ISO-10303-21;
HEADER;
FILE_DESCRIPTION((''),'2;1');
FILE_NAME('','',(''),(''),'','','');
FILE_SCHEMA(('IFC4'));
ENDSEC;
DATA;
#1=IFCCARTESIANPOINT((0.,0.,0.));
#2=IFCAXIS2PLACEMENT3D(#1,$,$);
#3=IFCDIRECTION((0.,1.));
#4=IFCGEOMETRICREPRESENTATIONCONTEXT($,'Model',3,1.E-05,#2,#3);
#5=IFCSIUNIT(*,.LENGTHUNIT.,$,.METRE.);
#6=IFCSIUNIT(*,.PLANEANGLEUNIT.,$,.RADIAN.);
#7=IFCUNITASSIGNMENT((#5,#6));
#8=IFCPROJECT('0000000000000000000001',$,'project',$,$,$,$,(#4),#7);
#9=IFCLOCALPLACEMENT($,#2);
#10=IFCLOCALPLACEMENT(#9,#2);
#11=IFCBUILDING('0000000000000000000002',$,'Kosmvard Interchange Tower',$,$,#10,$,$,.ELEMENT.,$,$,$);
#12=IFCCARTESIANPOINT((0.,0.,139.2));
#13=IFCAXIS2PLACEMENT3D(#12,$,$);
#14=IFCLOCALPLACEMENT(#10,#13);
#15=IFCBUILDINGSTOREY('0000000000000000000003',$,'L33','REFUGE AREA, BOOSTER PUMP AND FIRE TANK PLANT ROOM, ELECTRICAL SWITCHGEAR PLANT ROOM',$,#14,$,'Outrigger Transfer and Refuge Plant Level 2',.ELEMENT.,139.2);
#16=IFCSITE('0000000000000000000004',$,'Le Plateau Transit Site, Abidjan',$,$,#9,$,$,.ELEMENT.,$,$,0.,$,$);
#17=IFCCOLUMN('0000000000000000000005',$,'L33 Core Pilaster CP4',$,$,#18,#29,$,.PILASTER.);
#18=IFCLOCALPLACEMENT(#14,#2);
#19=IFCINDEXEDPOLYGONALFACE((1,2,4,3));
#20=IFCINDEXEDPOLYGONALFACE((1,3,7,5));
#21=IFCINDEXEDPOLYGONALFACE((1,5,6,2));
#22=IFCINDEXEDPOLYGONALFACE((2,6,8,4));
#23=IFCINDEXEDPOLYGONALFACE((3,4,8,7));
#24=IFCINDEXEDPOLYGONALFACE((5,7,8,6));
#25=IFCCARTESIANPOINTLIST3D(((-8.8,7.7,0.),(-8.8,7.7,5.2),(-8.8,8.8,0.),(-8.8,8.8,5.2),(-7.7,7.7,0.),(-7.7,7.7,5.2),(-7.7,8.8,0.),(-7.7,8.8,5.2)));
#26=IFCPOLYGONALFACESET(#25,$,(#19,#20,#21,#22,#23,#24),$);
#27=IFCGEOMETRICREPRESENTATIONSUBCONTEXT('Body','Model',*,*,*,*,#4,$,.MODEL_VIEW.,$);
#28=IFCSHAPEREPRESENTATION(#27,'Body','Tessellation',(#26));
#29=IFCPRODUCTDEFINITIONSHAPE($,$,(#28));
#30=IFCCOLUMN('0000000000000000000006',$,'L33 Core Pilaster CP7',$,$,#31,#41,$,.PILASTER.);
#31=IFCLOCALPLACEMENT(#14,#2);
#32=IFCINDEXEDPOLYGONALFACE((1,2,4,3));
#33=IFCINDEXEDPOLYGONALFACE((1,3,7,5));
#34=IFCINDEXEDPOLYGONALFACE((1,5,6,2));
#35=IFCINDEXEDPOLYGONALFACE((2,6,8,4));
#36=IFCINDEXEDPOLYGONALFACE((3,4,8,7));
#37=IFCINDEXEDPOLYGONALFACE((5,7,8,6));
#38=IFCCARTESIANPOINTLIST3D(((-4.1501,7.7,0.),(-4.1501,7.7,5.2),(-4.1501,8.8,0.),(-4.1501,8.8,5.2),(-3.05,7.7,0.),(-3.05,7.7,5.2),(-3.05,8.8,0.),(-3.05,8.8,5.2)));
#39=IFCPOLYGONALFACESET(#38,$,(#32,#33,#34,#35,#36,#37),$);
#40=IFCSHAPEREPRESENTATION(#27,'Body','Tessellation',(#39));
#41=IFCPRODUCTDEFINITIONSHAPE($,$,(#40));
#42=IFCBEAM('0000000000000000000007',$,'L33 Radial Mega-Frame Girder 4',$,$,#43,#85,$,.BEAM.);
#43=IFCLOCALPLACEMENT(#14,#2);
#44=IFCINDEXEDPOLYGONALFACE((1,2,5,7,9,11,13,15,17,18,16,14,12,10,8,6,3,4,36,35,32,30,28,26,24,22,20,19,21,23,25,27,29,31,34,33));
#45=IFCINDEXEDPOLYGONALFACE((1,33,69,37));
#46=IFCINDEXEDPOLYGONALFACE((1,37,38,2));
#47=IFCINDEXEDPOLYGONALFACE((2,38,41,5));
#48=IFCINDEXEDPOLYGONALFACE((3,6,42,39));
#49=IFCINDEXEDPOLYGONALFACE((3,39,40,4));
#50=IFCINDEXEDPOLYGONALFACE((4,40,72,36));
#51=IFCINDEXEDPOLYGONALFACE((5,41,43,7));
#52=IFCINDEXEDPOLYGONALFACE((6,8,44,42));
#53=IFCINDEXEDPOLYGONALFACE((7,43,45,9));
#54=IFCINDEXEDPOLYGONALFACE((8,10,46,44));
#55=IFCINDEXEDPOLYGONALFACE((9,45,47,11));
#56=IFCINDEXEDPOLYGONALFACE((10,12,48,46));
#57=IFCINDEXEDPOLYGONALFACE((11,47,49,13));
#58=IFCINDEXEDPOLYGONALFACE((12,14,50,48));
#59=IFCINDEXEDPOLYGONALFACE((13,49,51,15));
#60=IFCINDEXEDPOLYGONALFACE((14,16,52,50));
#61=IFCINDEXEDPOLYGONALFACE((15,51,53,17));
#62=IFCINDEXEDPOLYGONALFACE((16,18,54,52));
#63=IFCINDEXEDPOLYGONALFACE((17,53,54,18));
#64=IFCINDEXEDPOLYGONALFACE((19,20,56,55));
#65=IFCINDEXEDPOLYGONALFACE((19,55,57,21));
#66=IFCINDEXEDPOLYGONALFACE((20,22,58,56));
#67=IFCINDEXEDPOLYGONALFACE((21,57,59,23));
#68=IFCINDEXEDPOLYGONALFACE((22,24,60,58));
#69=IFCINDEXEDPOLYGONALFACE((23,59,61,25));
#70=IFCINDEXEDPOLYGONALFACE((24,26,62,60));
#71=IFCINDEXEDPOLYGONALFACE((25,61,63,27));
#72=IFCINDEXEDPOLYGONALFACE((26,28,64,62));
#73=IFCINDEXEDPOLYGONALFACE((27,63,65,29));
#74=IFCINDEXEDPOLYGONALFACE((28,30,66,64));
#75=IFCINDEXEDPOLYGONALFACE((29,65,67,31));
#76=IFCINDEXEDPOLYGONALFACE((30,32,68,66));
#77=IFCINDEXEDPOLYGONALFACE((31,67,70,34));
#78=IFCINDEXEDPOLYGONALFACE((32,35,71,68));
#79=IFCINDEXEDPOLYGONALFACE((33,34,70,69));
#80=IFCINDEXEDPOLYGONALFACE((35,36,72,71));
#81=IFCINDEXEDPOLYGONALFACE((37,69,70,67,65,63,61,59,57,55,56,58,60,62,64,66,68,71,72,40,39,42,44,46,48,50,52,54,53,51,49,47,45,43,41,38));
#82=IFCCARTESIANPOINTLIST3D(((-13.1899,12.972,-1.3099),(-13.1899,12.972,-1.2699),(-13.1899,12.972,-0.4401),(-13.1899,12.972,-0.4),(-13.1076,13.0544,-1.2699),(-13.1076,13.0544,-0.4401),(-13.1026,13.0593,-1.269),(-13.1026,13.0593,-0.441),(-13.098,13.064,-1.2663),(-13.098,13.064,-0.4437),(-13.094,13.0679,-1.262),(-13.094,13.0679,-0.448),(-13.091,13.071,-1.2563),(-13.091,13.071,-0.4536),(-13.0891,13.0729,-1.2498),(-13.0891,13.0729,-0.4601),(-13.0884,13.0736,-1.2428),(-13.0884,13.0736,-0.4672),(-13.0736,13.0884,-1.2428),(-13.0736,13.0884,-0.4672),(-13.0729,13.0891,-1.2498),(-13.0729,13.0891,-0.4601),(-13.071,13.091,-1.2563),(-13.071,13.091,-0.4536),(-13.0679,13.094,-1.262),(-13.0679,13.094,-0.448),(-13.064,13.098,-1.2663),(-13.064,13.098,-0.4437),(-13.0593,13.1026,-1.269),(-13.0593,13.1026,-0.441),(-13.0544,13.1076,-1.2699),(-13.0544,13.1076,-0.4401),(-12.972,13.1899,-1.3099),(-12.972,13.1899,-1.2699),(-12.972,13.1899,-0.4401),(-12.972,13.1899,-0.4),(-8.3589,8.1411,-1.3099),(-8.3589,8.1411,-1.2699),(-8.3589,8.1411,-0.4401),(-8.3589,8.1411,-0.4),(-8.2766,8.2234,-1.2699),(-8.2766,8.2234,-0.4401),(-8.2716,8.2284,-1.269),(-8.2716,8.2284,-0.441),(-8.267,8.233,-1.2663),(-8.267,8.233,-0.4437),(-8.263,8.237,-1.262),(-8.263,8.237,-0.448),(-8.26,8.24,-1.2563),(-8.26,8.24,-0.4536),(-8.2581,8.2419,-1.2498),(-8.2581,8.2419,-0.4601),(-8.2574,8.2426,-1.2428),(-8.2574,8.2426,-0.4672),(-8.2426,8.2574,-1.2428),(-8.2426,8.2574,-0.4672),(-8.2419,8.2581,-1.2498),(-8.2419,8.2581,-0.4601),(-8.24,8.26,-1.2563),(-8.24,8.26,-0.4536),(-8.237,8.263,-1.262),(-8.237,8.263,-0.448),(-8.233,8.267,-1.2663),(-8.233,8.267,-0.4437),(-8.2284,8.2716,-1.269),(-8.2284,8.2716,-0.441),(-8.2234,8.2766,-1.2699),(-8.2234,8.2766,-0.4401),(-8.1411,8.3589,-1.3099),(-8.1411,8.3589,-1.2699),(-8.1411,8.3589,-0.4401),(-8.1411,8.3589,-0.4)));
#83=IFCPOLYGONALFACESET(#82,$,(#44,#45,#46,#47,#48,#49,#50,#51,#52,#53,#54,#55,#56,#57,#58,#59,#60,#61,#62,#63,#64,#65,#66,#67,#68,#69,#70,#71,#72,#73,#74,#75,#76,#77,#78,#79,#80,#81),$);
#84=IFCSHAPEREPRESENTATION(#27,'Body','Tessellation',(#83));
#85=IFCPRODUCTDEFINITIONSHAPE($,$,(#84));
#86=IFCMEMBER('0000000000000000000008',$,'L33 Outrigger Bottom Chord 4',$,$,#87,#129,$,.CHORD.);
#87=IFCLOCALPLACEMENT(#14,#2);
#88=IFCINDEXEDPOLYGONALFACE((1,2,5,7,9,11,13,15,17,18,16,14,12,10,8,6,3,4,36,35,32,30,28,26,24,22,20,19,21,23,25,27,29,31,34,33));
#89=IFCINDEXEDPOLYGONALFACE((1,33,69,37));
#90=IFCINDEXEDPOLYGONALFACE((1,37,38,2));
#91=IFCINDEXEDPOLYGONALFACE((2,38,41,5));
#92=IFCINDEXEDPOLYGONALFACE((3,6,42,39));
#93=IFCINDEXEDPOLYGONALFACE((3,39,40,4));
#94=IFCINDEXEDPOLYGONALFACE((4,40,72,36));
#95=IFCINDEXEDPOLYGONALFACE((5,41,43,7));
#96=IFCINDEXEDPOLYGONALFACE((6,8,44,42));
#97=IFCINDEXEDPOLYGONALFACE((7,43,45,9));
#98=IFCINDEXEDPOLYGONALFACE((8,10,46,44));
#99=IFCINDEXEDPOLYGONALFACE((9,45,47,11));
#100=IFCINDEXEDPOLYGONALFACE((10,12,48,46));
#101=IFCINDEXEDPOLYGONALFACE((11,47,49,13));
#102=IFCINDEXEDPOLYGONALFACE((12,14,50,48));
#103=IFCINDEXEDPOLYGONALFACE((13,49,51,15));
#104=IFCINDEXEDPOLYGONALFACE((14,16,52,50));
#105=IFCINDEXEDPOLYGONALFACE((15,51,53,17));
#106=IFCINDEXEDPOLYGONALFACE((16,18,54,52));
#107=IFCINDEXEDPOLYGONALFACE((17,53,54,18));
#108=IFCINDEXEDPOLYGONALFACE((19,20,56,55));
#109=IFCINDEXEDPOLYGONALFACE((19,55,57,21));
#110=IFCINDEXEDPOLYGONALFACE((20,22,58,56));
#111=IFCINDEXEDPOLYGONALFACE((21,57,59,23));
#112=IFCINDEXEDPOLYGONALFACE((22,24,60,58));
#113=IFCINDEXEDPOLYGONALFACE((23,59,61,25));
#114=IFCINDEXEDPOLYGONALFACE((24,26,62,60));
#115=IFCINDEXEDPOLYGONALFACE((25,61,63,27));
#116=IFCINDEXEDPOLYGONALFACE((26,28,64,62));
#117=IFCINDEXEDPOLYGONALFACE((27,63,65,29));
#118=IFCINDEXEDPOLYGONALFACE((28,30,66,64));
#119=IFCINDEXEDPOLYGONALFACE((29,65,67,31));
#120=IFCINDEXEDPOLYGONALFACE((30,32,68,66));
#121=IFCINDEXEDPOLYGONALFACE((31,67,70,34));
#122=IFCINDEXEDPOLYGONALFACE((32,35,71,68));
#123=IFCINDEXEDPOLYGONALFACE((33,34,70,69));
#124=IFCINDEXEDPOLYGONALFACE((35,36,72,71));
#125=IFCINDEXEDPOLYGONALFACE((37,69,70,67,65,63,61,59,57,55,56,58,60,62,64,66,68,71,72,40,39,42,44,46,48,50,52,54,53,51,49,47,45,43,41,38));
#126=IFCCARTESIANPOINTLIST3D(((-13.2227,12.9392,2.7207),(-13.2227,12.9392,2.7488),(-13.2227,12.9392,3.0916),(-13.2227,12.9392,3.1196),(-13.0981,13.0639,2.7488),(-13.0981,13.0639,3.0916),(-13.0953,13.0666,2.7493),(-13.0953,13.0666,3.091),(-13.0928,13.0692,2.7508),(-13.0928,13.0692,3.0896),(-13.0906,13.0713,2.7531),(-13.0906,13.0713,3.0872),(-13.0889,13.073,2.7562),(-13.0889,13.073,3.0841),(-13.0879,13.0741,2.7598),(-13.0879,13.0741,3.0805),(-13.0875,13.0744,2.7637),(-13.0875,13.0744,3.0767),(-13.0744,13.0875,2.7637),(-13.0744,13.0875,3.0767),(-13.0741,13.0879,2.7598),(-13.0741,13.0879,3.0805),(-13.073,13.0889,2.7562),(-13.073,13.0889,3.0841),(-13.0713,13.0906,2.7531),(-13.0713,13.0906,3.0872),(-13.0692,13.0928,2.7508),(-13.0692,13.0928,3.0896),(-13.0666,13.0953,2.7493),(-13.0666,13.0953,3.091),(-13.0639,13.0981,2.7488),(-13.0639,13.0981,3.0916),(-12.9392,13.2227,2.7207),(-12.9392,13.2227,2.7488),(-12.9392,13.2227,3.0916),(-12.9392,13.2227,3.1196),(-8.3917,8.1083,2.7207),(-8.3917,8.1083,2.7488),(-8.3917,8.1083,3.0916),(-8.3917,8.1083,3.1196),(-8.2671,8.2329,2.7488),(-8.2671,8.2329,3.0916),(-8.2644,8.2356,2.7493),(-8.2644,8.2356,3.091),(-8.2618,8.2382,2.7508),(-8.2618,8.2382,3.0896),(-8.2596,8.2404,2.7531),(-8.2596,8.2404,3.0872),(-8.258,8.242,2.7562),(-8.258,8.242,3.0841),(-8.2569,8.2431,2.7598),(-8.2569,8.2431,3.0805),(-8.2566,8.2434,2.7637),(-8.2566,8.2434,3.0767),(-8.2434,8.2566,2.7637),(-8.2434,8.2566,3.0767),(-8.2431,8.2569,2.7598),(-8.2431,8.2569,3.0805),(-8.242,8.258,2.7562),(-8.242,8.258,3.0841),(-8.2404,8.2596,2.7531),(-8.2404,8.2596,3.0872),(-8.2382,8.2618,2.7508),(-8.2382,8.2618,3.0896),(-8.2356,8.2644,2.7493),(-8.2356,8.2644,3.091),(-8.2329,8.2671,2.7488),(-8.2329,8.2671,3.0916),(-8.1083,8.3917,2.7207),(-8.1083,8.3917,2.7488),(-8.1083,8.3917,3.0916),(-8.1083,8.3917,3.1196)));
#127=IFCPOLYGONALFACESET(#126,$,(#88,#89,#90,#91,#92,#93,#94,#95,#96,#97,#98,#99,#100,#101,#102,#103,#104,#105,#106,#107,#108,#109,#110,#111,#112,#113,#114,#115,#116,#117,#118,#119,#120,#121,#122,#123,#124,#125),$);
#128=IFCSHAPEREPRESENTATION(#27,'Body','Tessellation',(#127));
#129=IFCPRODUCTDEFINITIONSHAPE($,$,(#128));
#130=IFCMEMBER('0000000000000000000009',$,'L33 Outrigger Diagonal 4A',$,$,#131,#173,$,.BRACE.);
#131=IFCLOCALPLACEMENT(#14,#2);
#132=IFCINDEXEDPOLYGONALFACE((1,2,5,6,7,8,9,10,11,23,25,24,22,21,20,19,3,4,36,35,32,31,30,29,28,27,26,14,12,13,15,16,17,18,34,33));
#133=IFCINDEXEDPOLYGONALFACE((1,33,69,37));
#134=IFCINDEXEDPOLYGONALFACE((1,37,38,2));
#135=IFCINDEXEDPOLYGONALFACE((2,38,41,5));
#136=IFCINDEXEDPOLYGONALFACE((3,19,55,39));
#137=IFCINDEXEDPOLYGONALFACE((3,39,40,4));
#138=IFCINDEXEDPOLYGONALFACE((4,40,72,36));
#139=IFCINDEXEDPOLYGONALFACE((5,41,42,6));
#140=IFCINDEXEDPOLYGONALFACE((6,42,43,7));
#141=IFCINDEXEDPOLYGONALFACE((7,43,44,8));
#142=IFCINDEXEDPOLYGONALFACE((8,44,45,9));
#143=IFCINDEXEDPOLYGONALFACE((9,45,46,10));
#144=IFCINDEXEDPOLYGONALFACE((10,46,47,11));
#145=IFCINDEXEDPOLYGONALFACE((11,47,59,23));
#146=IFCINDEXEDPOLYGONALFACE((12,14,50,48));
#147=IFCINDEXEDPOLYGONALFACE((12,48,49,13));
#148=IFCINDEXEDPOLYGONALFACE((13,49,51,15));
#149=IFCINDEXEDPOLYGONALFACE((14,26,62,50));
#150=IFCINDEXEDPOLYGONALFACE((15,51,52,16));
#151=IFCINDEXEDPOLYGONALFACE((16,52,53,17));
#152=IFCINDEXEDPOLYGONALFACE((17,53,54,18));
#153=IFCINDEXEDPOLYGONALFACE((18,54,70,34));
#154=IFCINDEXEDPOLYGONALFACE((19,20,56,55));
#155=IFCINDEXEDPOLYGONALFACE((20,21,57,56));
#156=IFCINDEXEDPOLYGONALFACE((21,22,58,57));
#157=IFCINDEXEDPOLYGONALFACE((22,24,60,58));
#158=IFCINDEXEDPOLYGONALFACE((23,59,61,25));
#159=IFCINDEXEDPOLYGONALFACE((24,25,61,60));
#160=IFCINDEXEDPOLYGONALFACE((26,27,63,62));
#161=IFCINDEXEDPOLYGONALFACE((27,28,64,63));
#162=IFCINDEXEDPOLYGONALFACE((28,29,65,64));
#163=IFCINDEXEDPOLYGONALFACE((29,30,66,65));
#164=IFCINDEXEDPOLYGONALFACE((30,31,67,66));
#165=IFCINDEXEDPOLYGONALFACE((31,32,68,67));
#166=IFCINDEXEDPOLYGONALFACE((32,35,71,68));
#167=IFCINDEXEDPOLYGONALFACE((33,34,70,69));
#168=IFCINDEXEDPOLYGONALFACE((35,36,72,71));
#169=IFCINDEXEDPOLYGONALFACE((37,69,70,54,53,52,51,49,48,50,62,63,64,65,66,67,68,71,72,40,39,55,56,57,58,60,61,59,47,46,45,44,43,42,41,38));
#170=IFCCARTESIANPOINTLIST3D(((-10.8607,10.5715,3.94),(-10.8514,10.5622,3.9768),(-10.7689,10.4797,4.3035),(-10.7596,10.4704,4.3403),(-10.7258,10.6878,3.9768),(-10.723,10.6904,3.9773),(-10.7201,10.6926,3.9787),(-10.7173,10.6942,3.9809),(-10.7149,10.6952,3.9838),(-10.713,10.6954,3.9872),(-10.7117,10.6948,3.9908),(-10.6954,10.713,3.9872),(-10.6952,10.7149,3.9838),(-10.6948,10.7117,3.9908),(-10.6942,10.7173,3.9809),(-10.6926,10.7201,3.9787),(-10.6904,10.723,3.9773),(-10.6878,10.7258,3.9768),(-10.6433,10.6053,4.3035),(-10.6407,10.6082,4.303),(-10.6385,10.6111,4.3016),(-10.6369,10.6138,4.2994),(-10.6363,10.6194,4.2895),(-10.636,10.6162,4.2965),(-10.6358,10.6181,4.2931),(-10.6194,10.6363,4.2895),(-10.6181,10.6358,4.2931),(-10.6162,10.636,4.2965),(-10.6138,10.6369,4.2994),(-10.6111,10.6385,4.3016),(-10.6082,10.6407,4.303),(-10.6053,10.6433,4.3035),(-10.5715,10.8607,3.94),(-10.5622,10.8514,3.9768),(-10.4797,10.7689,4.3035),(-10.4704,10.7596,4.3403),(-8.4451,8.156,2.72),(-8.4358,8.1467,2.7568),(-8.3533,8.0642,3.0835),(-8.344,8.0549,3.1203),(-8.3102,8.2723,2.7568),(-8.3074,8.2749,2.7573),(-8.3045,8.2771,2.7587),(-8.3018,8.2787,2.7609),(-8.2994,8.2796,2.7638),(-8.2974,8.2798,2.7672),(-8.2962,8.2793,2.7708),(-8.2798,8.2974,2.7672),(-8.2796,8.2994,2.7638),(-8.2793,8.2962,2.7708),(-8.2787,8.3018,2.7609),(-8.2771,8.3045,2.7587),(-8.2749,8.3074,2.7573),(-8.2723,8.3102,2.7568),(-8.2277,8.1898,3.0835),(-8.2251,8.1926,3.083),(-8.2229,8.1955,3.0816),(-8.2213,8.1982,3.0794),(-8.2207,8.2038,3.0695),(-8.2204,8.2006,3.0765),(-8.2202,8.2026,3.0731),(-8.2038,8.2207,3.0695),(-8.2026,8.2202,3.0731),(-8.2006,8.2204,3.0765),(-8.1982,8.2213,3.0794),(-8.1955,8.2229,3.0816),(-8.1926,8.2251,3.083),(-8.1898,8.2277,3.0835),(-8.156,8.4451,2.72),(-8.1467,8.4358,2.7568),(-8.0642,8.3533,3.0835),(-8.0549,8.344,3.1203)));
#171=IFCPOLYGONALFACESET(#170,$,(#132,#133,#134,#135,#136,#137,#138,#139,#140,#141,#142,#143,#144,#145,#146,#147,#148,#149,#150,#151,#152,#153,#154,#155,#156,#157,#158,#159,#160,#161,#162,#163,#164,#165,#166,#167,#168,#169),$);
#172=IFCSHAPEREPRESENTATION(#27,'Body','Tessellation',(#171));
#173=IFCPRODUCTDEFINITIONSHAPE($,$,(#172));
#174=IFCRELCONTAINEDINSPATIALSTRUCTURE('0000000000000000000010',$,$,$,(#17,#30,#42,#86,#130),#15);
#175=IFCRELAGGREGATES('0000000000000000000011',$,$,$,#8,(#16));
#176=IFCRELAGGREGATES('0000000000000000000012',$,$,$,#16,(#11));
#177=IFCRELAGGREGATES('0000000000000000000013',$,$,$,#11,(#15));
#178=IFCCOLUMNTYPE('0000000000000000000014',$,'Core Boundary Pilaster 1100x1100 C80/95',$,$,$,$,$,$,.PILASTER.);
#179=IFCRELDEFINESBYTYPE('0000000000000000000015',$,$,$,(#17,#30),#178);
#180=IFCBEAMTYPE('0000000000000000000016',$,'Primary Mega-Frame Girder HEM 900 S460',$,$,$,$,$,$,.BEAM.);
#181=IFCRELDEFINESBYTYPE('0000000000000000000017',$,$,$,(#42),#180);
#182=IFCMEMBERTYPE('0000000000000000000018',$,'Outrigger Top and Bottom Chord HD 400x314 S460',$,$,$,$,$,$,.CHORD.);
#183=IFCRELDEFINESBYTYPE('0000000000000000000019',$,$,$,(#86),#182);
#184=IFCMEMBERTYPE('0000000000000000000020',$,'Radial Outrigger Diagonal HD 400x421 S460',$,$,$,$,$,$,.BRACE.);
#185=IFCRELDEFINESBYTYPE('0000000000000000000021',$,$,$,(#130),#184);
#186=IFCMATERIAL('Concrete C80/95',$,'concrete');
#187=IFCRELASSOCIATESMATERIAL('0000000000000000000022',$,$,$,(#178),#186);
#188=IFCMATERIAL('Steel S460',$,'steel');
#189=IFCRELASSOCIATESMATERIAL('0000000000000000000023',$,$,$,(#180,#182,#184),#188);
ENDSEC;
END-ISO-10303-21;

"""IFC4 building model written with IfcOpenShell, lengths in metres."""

from ifc_helpers import new_model, si_unit, direction, frame, origin, origin_2d, place, context, subcontext, project, spatial, rectangle, i_section, extrude, source, transform, mapped, material, material_profile, profile_set, type_object, element, save


model = new_model("IFC4")

# Units and contexts
model_context = context("Model", 3, precision=1e-05, world=origin(), true_north=direction((0.0, 1.0)))
body_context = subcontext(model_context, "Body", "Model", "MODEL_VIEW")
ifc_project = project(units=[si_unit("LENGTHUNIT", "METRE"), si_unit("PLANEANGLEUNIT", "RADIAN")], contexts=[model_context])

# Site, building, storey
site_placement = place(None, origin())
site = spatial("IfcSite", under=ifc_project, at=site_placement, Name="Le Plateau Transit Site, Abidjan", CompositionType="ELEMENT", RefElevation=0.0)
building_placement = place(site_placement, origin())
building = spatial("IfcBuilding", under=site, at=building_placement, Name="Kosmvard Interchange Tower", CompositionType="ELEMENT")
storey_placement = place(building_placement, frame((0.0, 0.0, 139.2)))
storey = spatial("IfcBuildingStorey", under=building, at=storey_placement, Name="L33", Description="REFUGE AREA, BOOSTER PUMP AND FIRE TANK PLANT ROOM, ELECTRICAL SWITCHGEAR PLANT ROOM", LongName="Outrigger Transfer and Refuge Plant Level 2", CompositionType="ELEMENT", Elevation=139.2)

# Columns
ifc_material_1 = material(Name="Concrete C80/95", Category="concrete")
ifc_material_profile_1 = material_profile(ifc_material_1, rectangle(XDim=1.1001, YDim=1.1001, at=origin_2d()), Name="CP 1100x1100")
ifc_profile_set_1 = profile_set([ifc_material_profile_1], Name="Concrete C80/95")
column_type = type_object("IfcColumnType", Name="Core Boundary Pilaster 1100x1100 C80/95", PredefinedType="PILASTER", material=ifc_profile_set_1)
shared_shape_1 = source(origin(), body_context, "Body", "SweptSolid", [
    extrude(rectangle(XDim=1.1001, YDim=1.1001, at=origin_2d()), origin(), (0.0, 0.0, 1.0), 5.2),
])
for number, where, z_axis, x_axis, name in (
    (1, (-8.25, 8.25, 0.0), (0.0, 0.0, 1.0), (1.0, 0.0, 0.0), "L33 Core Pilaster CP4"),
    (2, (-3.6001, 8.25, 0.0), (0.0, 0.0, 1.0), (1.0, 0.0, 0.0), "L33 Core Pilaster CP7"),
):
    element("IfcColumn", number, at=place(storey_placement, frame(where, z_axis=z_axis, x_axis=x_axis)), inside=storey, type_object=column_type, Name=name, PredefinedType="PILASTER", context=body_context, shape_type="MappedRepresentation", body=[
        mapped(shared_shape_1, transform((0.0, 0.0, 0.0), scale=1.0)),
    ])

# Beam
ifc_material_2 = material(Name="Steel S460", Category="steel")
ifc_material_profile_2 = material_profile(ifc_material_2, i_section(OverallWidth=0.3081, OverallDepth=0.9099, WebThickness=0.021, FlangeThickness=0.04, FilletRadius=0.0271, at=origin_2d()), Name="HEM 900")
ifc_profile_set_2 = profile_set([ifc_material_profile_2], Name="Steel S460")
beam_type = type_object("IfcBeamType", Name="Primary Mega-Frame Girder HEM 900 S460", PredefinedType="BEAM", material=ifc_profile_set_2)
shared_shape_2 = source(origin(), body_context, "Body", "SweptSolid", [
    extrude(i_section(OverallWidth=0.3081, OverallDepth=0.9099, WebThickness=0.021, FlangeThickness=0.04, FilletRadius=0.0271, at=origin_2d()), origin(), (0.0, 0.0, 1.0), 6.832),
])
beam_placement = place(storey_placement, frame((-8.25, 8.25, -0.855), z_axis=(-0.707107, 0.707107, 0.0), x_axis=(-0.707107, -0.707107, 0.0)))
element("IfcBeam", 3, at=beam_placement, inside=storey, type_object=beam_type, Name="L33 Radial Mega-Frame Girder 4", PredefinedType="BEAM", context=body_context, shape_type="MappedRepresentation", body=[
    mapped(shared_shape_2, transform((0.0, 0.0, 0.0), scale=1.0)),
])

# Members
ifc_material_profile_3 = material_profile(ifc_material_2, i_section(OverallWidth=0.4009, OverallDepth=0.3989, WebThickness=0.0186, FlangeThickness=0.0281, FilletRadius=0.0149, at=origin_2d()), Name="HD 400x314")
ifc_profile_set_3 = profile_set([ifc_material_profile_3], Name="Steel S460")
member_type_1 = type_object("IfcMemberType", Name="Outrigger Top and Bottom Chord HD 400x314 S460", PredefinedType="CHORD", material=ifc_profile_set_3)
shared_shape_3 = source(origin(), body_context, "Body", "SweptSolid", [
    extrude(i_section(OverallWidth=0.4009, OverallDepth=0.3989, WebThickness=0.0186, FlangeThickness=0.0281, FilletRadius=0.0149, at=origin_2d()), origin(), (0.0, 0.0, 1.0), 6.832),
])
member_1_placement = place(storey_placement, frame((-8.25, 8.25, 2.9202), z_axis=(-0.707107, 0.707107, 0.0), x_axis=(-0.707107, -0.707107, 0.0)))
element("IfcMember", 4, at=member_1_placement, inside=storey, type_object=member_type_1, Name="L33 Outrigger Bottom Chord 4", PredefinedType="CHORD", context=body_context, shape_type="MappedRepresentation", body=[
    mapped(shared_shape_3, transform((0.0, 0.0, 0.0), scale=1.0)),
])
ifc_material_profile_4 = material_profile(ifc_material_2, i_section(OverallWidth=0.4089, OverallDepth=0.425, WebThickness=0.0239, FlangeThickness=0.0391, FilletRadius=0.0149, at=origin_2d()), Name="HD 400x421")
ifc_profile_set_4 = profile_set([ifc_material_profile_4], Name="Steel S460")
member_type_2 = type_object("IfcMemberType", Name="Radial Outrigger Diagonal HD 400x421 S460", PredefinedType="BRACE", material=ifc_profile_set_4)
shared_shape_4 = source(origin(), body_context, "Body", "SweptSolid", [
    extrude(i_section(OverallWidth=0.4089, OverallDepth=0.425, WebThickness=0.0239, FlangeThickness=0.0391, FilletRadius=0.0149, at=origin_2d()), origin(), (0.0, 0.0, 1.0), 3.6274),
])
member_2_placement = place(storey_placement, frame((-8.25, 8.25, 2.9202), z_axis=(-0.665915, 0.665915, 0.336323), x_axis=(-0.707107, -0.707107, 0.0)))
element("IfcMember", 5, at=member_2_placement, inside=storey, type_object=member_type_2, Name="L33 Outrigger Diagonal 4A", PredefinedType="BRACE", context=body_context, shape_type="MappedRepresentation", body=[
    mapped(shared_shape_4, transform((0.0, 0.0, 0.0), scale=1.0)),
])

save(model, "model.ifc")
